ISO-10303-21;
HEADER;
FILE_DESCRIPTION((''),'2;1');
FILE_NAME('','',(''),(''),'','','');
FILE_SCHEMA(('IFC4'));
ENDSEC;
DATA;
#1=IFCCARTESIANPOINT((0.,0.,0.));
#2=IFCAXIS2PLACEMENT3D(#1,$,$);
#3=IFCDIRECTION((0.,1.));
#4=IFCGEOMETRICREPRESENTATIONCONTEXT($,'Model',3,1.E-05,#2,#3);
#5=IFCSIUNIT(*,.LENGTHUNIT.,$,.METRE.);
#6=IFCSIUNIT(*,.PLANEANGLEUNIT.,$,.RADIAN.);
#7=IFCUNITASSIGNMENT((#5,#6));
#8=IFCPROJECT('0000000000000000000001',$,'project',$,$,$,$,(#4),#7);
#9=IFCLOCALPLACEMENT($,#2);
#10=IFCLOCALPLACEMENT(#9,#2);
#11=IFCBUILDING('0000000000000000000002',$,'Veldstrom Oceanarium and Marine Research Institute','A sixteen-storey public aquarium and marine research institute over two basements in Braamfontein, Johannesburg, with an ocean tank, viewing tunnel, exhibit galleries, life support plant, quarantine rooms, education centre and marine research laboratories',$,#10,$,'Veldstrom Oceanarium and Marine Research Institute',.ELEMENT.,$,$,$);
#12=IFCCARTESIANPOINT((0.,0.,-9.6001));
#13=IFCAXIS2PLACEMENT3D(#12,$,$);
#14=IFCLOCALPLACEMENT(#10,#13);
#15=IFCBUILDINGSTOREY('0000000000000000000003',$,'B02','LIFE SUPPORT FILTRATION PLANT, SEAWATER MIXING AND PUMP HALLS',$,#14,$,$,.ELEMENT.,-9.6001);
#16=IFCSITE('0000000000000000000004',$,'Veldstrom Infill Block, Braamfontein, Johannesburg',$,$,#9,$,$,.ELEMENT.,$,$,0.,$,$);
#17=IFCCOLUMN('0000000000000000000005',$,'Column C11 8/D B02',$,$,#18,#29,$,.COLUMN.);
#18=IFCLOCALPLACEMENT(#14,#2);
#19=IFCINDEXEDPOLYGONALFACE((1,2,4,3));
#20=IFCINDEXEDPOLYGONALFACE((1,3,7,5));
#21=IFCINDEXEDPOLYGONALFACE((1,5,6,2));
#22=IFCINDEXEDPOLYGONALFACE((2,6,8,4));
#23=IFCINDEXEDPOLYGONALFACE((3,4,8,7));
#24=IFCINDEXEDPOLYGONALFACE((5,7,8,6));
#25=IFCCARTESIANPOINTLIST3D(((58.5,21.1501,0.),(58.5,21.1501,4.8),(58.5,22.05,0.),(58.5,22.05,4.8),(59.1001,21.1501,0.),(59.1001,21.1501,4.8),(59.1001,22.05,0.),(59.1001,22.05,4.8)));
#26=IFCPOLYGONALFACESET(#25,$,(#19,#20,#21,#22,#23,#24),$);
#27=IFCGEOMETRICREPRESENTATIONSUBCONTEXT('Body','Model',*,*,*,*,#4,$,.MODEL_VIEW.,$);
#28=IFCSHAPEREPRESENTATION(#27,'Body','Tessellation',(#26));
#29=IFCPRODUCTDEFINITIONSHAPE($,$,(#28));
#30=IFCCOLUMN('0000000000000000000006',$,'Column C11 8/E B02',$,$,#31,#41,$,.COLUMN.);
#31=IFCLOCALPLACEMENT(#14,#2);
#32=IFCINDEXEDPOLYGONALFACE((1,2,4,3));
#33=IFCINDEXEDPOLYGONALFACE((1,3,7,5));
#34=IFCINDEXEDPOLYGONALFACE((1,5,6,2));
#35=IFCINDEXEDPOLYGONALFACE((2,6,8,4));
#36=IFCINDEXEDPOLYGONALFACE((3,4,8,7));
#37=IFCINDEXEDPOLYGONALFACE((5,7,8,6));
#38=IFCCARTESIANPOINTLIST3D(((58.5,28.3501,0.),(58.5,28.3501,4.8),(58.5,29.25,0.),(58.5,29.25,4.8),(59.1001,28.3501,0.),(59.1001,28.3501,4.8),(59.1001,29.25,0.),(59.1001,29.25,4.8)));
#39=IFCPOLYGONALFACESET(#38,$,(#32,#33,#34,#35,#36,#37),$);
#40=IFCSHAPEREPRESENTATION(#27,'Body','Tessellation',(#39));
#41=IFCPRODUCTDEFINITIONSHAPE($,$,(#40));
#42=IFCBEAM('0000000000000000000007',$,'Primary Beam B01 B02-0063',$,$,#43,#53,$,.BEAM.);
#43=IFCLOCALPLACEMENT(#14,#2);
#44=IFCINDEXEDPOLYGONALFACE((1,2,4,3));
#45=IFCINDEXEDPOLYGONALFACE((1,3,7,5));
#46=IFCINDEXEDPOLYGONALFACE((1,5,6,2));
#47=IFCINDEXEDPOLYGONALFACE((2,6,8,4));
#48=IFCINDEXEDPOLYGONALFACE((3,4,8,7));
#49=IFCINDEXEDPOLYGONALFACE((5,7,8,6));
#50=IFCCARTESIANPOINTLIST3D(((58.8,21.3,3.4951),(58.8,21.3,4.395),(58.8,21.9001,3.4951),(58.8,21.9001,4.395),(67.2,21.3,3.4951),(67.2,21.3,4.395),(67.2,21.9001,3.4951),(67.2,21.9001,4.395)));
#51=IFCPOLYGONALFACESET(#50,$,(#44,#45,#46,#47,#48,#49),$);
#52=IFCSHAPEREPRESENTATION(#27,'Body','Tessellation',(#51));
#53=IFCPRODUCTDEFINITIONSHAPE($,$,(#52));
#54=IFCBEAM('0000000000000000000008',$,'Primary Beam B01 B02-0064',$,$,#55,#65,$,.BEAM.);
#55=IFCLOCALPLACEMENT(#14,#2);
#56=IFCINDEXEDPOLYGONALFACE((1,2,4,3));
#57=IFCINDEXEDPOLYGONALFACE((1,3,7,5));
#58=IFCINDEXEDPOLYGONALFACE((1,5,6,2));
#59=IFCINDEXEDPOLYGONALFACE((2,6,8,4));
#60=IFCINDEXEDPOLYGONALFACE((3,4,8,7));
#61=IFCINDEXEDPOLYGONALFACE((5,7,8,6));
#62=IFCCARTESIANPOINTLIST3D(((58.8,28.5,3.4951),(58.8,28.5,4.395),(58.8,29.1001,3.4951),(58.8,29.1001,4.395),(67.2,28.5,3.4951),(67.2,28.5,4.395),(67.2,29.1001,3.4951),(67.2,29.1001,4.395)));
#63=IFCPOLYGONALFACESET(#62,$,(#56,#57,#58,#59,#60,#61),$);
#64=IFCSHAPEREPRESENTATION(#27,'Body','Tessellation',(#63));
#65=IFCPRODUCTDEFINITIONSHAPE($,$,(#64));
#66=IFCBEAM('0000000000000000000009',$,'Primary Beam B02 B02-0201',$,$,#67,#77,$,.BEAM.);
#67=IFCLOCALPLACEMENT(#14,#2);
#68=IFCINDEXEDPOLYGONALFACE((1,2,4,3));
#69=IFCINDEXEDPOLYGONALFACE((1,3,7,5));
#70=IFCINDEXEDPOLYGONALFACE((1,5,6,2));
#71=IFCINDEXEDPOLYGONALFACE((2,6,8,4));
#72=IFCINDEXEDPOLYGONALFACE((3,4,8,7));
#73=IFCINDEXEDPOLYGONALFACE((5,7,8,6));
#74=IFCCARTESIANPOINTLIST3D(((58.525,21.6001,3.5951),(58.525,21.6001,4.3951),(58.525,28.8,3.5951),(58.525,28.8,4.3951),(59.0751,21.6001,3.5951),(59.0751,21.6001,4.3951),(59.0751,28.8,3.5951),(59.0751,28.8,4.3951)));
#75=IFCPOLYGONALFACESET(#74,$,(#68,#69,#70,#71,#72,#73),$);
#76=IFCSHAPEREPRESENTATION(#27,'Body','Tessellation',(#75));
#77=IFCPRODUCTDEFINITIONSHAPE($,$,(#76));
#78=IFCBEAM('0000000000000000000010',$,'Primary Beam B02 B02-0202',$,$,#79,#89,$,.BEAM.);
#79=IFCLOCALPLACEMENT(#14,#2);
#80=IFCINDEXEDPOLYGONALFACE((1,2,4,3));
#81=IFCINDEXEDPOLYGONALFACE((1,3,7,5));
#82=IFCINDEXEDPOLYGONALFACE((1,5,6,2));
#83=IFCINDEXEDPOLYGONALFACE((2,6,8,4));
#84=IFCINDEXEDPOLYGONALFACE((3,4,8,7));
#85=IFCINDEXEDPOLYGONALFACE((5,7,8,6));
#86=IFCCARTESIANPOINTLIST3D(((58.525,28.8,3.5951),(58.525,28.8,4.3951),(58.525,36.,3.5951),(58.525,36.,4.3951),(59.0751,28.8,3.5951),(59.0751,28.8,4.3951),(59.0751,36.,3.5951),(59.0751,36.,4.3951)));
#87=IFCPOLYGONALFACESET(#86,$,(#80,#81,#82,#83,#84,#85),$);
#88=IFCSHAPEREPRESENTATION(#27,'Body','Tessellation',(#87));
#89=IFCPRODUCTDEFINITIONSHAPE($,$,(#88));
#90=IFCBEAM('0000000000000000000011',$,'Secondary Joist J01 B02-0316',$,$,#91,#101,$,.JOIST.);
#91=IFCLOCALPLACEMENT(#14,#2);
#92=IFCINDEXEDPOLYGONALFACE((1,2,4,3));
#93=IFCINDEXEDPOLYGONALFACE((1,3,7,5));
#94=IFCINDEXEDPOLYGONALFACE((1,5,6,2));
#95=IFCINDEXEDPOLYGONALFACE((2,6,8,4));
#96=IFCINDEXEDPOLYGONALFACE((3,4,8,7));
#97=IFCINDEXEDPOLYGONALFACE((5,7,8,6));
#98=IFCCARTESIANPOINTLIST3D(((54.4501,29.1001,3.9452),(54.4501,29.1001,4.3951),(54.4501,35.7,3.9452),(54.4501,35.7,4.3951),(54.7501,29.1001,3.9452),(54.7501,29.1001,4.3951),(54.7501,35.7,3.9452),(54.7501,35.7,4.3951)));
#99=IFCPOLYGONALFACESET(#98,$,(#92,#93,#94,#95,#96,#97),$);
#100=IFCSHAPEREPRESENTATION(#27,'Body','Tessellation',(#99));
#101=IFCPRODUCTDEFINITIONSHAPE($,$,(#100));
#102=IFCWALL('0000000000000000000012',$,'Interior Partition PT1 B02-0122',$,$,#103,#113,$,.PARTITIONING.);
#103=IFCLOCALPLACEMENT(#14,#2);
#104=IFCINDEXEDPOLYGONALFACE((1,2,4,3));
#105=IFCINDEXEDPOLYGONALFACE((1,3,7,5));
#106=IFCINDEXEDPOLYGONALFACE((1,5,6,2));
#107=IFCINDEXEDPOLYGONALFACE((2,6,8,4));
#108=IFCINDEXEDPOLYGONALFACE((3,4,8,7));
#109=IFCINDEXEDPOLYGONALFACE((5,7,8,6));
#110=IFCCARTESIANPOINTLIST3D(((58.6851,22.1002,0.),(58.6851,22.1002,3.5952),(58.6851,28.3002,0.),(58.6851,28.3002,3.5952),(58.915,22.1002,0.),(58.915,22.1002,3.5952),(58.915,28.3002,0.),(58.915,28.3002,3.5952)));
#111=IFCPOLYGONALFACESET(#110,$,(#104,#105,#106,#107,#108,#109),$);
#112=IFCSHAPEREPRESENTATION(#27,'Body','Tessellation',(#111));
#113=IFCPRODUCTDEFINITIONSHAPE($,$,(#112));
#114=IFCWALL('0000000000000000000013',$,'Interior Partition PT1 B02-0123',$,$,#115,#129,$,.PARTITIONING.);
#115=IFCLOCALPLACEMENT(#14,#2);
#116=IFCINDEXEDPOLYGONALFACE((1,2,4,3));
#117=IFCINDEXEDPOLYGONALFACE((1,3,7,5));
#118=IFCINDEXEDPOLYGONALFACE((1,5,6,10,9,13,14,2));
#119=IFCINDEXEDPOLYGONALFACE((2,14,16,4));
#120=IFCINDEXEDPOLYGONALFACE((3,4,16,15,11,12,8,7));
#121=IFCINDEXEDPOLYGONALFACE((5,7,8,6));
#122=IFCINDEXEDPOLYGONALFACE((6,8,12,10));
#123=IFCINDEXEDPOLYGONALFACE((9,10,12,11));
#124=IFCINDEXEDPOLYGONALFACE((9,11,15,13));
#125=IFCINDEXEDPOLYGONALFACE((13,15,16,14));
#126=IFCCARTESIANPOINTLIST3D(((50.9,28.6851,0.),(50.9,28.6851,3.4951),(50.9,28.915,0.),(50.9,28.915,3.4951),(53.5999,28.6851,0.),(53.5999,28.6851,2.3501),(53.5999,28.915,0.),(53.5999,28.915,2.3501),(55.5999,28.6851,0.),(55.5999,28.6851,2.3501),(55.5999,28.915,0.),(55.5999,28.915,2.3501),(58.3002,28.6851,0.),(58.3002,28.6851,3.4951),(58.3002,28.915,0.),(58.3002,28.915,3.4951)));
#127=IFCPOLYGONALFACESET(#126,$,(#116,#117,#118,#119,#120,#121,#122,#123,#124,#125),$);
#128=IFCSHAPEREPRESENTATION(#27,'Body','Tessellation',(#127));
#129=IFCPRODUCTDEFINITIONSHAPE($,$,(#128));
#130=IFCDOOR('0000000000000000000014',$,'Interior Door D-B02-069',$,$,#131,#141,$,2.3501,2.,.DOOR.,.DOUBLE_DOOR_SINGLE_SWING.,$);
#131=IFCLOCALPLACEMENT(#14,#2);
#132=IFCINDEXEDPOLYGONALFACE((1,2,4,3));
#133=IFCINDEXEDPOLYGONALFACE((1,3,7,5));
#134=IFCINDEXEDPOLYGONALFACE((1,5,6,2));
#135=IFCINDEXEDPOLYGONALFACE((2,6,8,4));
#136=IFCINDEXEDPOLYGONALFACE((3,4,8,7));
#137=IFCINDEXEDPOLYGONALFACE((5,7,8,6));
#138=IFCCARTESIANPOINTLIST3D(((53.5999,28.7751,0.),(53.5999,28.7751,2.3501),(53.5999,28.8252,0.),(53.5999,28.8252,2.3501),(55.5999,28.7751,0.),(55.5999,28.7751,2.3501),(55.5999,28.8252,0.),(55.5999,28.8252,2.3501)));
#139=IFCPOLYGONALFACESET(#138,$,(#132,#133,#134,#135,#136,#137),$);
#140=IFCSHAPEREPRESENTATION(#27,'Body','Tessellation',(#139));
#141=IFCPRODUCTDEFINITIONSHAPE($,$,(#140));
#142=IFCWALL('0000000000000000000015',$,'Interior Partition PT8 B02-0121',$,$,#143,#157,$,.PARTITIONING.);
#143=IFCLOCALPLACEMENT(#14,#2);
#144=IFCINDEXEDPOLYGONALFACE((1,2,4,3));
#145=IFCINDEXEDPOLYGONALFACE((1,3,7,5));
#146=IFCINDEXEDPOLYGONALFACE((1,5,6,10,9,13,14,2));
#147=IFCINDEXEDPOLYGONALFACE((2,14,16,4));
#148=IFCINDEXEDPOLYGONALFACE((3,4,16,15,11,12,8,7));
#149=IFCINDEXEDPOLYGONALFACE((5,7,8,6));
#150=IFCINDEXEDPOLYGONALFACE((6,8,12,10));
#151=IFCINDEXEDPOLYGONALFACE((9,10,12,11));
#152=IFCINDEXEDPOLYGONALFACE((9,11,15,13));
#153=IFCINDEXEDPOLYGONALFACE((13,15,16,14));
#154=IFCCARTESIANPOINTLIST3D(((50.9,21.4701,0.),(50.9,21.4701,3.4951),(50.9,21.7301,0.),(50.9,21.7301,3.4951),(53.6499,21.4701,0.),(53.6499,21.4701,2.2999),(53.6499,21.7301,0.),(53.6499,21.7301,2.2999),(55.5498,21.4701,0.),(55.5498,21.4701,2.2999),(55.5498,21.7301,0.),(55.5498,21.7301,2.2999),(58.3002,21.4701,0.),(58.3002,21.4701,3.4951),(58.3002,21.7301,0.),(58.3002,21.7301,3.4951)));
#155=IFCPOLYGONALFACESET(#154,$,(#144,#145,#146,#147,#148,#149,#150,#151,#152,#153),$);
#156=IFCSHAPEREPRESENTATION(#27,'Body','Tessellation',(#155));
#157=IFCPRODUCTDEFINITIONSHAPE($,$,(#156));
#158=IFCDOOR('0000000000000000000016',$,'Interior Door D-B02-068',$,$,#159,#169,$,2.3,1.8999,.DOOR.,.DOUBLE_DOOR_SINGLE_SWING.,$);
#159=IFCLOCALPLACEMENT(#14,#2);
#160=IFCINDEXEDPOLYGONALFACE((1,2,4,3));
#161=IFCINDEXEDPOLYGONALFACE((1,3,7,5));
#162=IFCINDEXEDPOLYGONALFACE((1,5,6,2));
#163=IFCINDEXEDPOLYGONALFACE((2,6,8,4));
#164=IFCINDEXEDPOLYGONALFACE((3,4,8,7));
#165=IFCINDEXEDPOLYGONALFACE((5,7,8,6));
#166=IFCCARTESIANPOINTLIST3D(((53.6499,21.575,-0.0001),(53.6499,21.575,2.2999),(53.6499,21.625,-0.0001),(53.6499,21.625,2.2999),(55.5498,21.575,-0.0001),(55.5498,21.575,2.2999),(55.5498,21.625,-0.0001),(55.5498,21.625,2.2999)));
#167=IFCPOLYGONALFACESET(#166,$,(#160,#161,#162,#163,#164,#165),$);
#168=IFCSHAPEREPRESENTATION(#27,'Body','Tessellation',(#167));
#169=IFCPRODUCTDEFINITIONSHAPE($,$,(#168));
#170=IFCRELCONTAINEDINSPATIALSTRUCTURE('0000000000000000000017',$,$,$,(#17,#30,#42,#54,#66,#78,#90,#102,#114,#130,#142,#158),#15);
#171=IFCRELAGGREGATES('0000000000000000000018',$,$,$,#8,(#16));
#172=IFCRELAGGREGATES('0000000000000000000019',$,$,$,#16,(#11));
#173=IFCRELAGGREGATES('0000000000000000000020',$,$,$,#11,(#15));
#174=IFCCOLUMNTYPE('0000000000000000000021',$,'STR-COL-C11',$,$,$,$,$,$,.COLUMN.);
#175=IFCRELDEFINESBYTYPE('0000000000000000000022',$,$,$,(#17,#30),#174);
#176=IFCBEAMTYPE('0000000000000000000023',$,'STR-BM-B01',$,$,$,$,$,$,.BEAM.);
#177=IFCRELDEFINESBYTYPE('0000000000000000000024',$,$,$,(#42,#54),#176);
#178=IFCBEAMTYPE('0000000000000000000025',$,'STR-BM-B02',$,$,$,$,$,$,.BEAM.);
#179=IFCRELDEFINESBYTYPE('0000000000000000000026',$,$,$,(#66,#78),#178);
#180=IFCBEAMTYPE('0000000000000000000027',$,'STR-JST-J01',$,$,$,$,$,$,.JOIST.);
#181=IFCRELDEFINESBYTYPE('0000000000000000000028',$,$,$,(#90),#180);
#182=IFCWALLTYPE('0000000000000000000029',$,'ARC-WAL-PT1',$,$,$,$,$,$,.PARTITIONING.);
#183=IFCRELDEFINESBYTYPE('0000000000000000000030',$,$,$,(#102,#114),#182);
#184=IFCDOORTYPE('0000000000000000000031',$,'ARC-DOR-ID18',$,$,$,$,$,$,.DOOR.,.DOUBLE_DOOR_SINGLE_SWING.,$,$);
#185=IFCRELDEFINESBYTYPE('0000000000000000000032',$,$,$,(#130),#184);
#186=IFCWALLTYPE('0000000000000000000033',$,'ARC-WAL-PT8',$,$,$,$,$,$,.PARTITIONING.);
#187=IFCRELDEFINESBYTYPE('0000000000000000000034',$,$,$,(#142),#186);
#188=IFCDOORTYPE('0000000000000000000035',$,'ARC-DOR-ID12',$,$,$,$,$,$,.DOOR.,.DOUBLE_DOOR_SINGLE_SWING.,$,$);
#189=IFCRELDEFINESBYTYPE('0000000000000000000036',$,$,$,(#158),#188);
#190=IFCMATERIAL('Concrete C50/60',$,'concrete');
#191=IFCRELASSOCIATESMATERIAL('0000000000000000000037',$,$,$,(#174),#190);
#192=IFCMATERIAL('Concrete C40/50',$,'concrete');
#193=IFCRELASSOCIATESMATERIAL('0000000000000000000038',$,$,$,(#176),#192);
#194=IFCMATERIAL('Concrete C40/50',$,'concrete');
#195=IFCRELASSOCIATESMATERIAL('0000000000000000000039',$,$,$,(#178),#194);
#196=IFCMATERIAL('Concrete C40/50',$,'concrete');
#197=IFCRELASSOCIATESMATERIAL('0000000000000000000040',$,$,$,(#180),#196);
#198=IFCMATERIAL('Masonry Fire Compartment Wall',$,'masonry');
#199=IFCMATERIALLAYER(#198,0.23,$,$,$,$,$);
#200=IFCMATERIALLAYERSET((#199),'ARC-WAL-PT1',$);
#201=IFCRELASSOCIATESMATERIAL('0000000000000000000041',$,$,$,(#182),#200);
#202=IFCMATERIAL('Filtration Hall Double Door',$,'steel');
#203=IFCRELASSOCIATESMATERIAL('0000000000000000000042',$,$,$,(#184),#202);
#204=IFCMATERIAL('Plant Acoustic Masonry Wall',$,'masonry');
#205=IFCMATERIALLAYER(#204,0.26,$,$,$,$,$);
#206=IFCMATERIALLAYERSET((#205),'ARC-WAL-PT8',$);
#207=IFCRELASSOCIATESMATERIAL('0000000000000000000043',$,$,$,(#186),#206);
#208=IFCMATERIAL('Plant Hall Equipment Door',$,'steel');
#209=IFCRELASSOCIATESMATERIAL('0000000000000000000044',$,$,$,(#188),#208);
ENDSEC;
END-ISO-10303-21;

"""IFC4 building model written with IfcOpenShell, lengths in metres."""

from ifc_helpers import new_model, si_unit, direction, frame, frame_2d, origin, origin_2d, place, context, subcontext, project, spatial, rectangle, extrude, material, layer, layer_set, material_profile, profile_set, type_object, element, fill, save


model = new_model("IFC4")

# Units and contexts
model_context = context("Model", 3, precision=1e-05, world=origin(), true_north=direction((0.0, 1.0)))
body_context = subcontext(model_context, "Body", "Model", "MODEL_VIEW")
ifc_project = project(units=[si_unit("LENGTHUNIT", "METRE"), si_unit("PLANEANGLEUNIT", "RADIAN")], contexts=[model_context])

# Site, building, storey
site_placement = place(None, origin())
site = spatial("IfcSite", under=ifc_project, at=site_placement, Name="Veldstrom Infill Block, Braamfontein, Johannesburg", CompositionType="ELEMENT", RefElevation=0.0)
building_placement = place(site_placement, origin())
building = spatial("IfcBuilding", under=site, at=building_placement, Name="Veldstrom Oceanarium and Marine Research Institute", Description="A sixteen-storey public aquarium and marine research institute over two basements in Braamfontein, Johannesburg, with an ocean tank, viewing tunnel, exhibit galleries, life support plant, quarantine rooms, education centre and marine research laboratories", LongName="Veldstrom Oceanarium and Marine Research Institute", CompositionType="ELEMENT")
storey_placement = place(building_placement, frame((0.0, 0.0, -9.6001)))
storey = spatial("IfcBuildingStorey", under=building, at=storey_placement, Name="B02", Description="LIFE SUPPORT FILTRATION PLANT, SEAWATER MIXING AND PUMP HALLS", CompositionType="ELEMENT", Elevation=-9.6001)

# Columns
ifc_material_1 = material(Name="Concrete C50/60", Category="concrete")
ifc_material_profile_1 = material_profile(ifc_material_1, rectangle(XDim=0.6001, YDim=0.8999, at=origin_2d()), Name="RC-COL-900x600")
ifc_profile_set_1 = profile_set([ifc_material_profile_1], Name="Concrete C50/60")
column_type = type_object("IfcColumnType", Name="STR-COL-C11", PredefinedType="COLUMN", material=ifc_profile_set_1)
for number, where, z_axis, x_axis, name in (
    (1, (58.8, 21.6001, 0.0), (0.0, 0.0, 1.0), (1.0, 0.0, 0.0), "Column C11 8/D B02"),
    (2, (58.8, 28.8, 0.0), (0.0, 0.0, 1.0), (1.0, 0.0, 0.0), "Column C11 8/E B02"),
):
    element("IfcColumn", number, at=place(storey_placement, frame(where, z_axis=z_axis, x_axis=x_axis)), inside=storey, type_object=column_type, Name=name, PredefinedType="COLUMN", context=body_context, shape_type="SweptSolid", body=[
        extrude(rectangle(XDim=0.6001, YDim=0.8999, at=origin_2d()), origin(), (0.0, 0.0, 1.0), 4.8),
    ])

# Beams
ifc_material_2 = material(Name="Concrete C40/50", Category="concrete")
ifc_material_profile_2 = material_profile(ifc_material_2, rectangle(XDim=0.6001, YDim=0.8999, at=origin_2d()), Name="RC-BM-600x900")
ifc_profile_set_2 = profile_set([ifc_material_profile_2], Name="Concrete C40/50")
beam_type_1 = type_object("IfcBeamType", Name="STR-BM-B01", PredefinedType="BEAM", material=ifc_profile_set_2)
for number, where, z_axis, x_axis, name in (
    (3, (58.8, 21.6001, 3.9451), (1.0, 0.0, 0.0), (0.0, 1.0, 0.0), "Primary Beam B01 B02-0063"),
    (4, (58.8, 28.8, 3.9451), (1.0, 0.0, 0.0), (0.0, 1.0, 0.0), "Primary Beam B01 B02-0064"),
):
    element("IfcBeam", number, at=place(storey_placement, frame(where, z_axis=z_axis, x_axis=x_axis)), inside=storey, type_object=beam_type_1, Name=name, PredefinedType="BEAM", context=body_context, shape_type="SweptSolid", body=[
        extrude(rectangle(XDim=0.6001, YDim=0.8999, at=origin_2d()), origin(), (0.0, 0.0, 1.0), 8.3999),
    ])
ifc_material_3 = material(Name="Concrete C40/50", Category="concrete")
ifc_material_profile_3 = material_profile(ifc_material_3, rectangle(XDim=0.55, YDim=0.8, at=origin_2d()), Name="RC-BM-550x800")
ifc_profile_set_3 = profile_set([ifc_material_profile_3], Name="Concrete C40/50")
beam_type_2 = type_object("IfcBeamType", Name="STR-BM-B02", PredefinedType="BEAM", material=ifc_profile_set_3)
for number, where, z_axis, x_axis, name in (
    (5, (58.8, 21.6001, 3.9951), (0.0, 1.0, 0.0), (-1.0, 0.0, 0.0), "Primary Beam B02 B02-0201"),
    (6, (58.8, 28.8, 3.9951), (0.0, 1.0, 0.0), (-1.0, 0.0, 0.0), "Primary Beam B02 B02-0202"),
):
    element("IfcBeam", number, at=place(storey_placement, frame(where, z_axis=z_axis, x_axis=x_axis)), inside=storey, type_object=beam_type_2, Name=name, PredefinedType="BEAM", context=body_context, shape_type="SweptSolid", body=[
        extrude(rectangle(XDim=0.55, YDim=0.8, at=origin_2d()), origin(), (0.0, 0.0, 1.0), 7.2),
    ])
ifc_material_4 = material(Name="Concrete C40/50", Category="concrete")
ifc_material_profile_4 = material_profile(ifc_material_4, rectangle(XDim=0.3, YDim=0.45, at=origin_2d()), Name="RC-JST-300x450")
ifc_profile_set_4 = profile_set([ifc_material_profile_4], Name="Concrete C40/50")
beam_type_3 = type_object("IfcBeamType", Name="STR-JST-J01", PredefinedType="JOIST", material=ifc_profile_set_4)
beam_placement = place(storey_placement, frame((54.6001, 29.1001, 4.1702), z_axis=(0.0, 1.0, 0.0), x_axis=(-1.0, 0.0, 0.0)))
element("IfcBeam", 7, at=beam_placement, inside=storey, type_object=beam_type_3, Name="Secondary Joist J01 B02-0316", PredefinedType="JOIST", context=body_context, shape_type="SweptSolid", body=[
    extrude(rectangle(XDim=0.3, YDim=0.45, at=origin_2d()), origin(), (0.0, 0.0, 1.0), 6.5999),
])

# Wall
ifc_material_5 = material(Name="Masonry Fire Compartment Wall", Category="masonry")
ifc_layer_1 = layer(ifc_material_5, 0.23)
ifc_layer_set_1 = layer_set([ifc_layer_1], Name="ARC-WAL-PT1")
wall_type_1 = type_object("IfcWallType", Name="ARC-WAL-PT1", PredefinedType="PARTITIONING", material=ifc_layer_set_1)
wall_1_placement = place(storey_placement, frame((58.8, 22.1001, 0.0), z_axis=(0.0, 0.0, 1.0), x_axis=(0.0, 1.0, 0.0)))
element("IfcWall", 8, at=wall_1_placement, inside=storey, type_object=wall_type_1, Name="Interior Partition PT1 B02-0122", PredefinedType="PARTITIONING", context=body_context, shape_type="SweptSolid", body=[
    extrude(rectangle(XDim=6.2, YDim=0.23, at=frame_2d((3.1001, 0.0))), origin(), (0.0, 0.0, 1.0), 3.5952),
])

# Walls, openings, doors
wall_2_placement = place(storey_placement, frame((50.8999, 28.8, 0.0), z_axis=(0.0, 0.0, 1.0), x_axis=(1.0, 0.0, 0.0)))
wall_2 = element("IfcWall", 9, at=wall_2_placement, inside=storey, type_object=wall_type_1, Name="Interior Partition PT1 B02-0123", PredefinedType="PARTITIONING", context=body_context, shape_type="SweptSolid", body=[
    extrude(rectangle(XDim=7.4001, YDim=0.23, at=frame_2d((3.7002, 0.0))), origin(), (0.0, 0.0, 1.0), 3.4951),
])
opening_1_placement = place(wall_2_placement, frame((2.7, 0.0, 0.0)))
opening_1 = element("IfcOpeningElement", 10, at=opening_1_placement, cuts=wall_2, PredefinedType="OPENING", context=body_context, shape_type="SweptSolid", body=[
    extrude(rectangle(XDim=2.0, YDim=2.3501, at=frame_2d((1.0, 1.175))), frame((0.0, 0.125, 0.0), z_axis=(0.0, -1.0, 0.0), x_axis=(1.0, 0.0, 0.0)), (0.0, 0.0, 1.0), 0.25),
])
ifc_material_6 = material(Name="Filtration Hall Double Door", Category="steel")
door_type_1 = type_object("IfcDoorType", Name="ARC-DOR-ID18", OperationType="DOUBLE_DOOR_SINGLE_SWING", PredefinedType="DOOR", material=ifc_material_6)
door_1_placement = place(opening_1_placement, frame((2.0, 0.0, 0.0), z_axis=(0.0, 0.0, 1.0), x_axis=(-1.0, 0.0, 0.0)))
door_1 = element("IfcDoor", 11, at=door_1_placement, inside=storey, type_object=door_type_1, Name="Interior Door D-B02-069", OperationType="DOUBLE_DOOR_SINGLE_SWING", OverallHeight=2.3501, OverallWidth=2.0, PredefinedType="DOOR", context=body_context, shape_type="SweptSolid", body=[
    extrude(rectangle(XDim=2.0, YDim=2.3501, at=frame_2d((1.0, 1.175))), frame((0.0, 0.0249, 0.0), z_axis=(0.0, -1.0, 0.0), x_axis=(1.0, 0.0, 0.0)), (0.0, 0.0, 1.0), 0.05),
])
fill(opening_1, door_1)
ifc_material_7 = material(Name="Plant Acoustic Masonry Wall", Category="masonry")
ifc_layer_2 = layer(ifc_material_7, 0.26)
ifc_layer_set_2 = layer_set([ifc_layer_2], Name="ARC-WAL-PT8")
wall_type_2 = type_object("IfcWallType", Name="ARC-WAL-PT8", PredefinedType="PARTITIONING", material=ifc_layer_set_2)
wall_3_placement = place(storey_placement, frame((50.8999, 21.6001, 0.0), z_axis=(0.0, 0.0, 1.0), x_axis=(1.0, 0.0, 0.0)))
wall_3 = element("IfcWall", 12, at=wall_3_placement, inside=storey, type_object=wall_type_2, Name="Interior Partition PT8 B02-0121", PredefinedType="PARTITIONING", context=body_context, shape_type="SweptSolid", body=[
    extrude(rectangle(XDim=7.4001, YDim=0.26, at=frame_2d((3.7002, 0.0))), origin(), (0.0, 0.0, 1.0), 3.4951),
])
opening_2_placement = place(wall_3_placement, frame((2.75, 0.0, 0.0)))
opening_2 = element("IfcOpeningElement", 13, at=opening_2_placement, cuts=wall_3, PredefinedType="OPENING", context=body_context, shape_type="SweptSolid", body=[
    extrude(rectangle(XDim=1.8999, YDim=2.3, at=frame_2d((0.95, 1.1499))), frame((0.0, 0.1399, 0.0), z_axis=(0.0, -1.0, 0.0), x_axis=(1.0, 0.0, 0.0)), (0.0, 0.0, 1.0), 0.28),
])
ifc_material_8 = material(Name="Plant Hall Equipment Door", Category="steel")
door_type_2 = type_object("IfcDoorType", Name="ARC-DOR-ID12", OperationType="DOUBLE_DOOR_SINGLE_SWING", PredefinedType="DOOR", material=ifc_material_8)
door_2_placement = place(opening_2_placement, origin())
door_2 = element("IfcDoor", 14, at=door_2_placement, inside=storey, type_object=door_type_2, Name="Interior Door D-B02-068", OperationType="DOUBLE_DOOR_SINGLE_SWING", OverallHeight=2.3, OverallWidth=1.8999, PredefinedType="DOOR", context=body_context, shape_type="SweptSolid", body=[
    extrude(rectangle(XDim=1.8999, YDim=2.3, at=frame_2d((0.95, 1.1499))), frame((0.0, 0.0249, 0.0), z_axis=(0.0, -1.0, 0.0), x_axis=(1.0, 0.0, 0.0)), (0.0, 0.0, 1.0), 0.05),
])
fill(opening_2, door_2)

save(model, "model.ifc")
